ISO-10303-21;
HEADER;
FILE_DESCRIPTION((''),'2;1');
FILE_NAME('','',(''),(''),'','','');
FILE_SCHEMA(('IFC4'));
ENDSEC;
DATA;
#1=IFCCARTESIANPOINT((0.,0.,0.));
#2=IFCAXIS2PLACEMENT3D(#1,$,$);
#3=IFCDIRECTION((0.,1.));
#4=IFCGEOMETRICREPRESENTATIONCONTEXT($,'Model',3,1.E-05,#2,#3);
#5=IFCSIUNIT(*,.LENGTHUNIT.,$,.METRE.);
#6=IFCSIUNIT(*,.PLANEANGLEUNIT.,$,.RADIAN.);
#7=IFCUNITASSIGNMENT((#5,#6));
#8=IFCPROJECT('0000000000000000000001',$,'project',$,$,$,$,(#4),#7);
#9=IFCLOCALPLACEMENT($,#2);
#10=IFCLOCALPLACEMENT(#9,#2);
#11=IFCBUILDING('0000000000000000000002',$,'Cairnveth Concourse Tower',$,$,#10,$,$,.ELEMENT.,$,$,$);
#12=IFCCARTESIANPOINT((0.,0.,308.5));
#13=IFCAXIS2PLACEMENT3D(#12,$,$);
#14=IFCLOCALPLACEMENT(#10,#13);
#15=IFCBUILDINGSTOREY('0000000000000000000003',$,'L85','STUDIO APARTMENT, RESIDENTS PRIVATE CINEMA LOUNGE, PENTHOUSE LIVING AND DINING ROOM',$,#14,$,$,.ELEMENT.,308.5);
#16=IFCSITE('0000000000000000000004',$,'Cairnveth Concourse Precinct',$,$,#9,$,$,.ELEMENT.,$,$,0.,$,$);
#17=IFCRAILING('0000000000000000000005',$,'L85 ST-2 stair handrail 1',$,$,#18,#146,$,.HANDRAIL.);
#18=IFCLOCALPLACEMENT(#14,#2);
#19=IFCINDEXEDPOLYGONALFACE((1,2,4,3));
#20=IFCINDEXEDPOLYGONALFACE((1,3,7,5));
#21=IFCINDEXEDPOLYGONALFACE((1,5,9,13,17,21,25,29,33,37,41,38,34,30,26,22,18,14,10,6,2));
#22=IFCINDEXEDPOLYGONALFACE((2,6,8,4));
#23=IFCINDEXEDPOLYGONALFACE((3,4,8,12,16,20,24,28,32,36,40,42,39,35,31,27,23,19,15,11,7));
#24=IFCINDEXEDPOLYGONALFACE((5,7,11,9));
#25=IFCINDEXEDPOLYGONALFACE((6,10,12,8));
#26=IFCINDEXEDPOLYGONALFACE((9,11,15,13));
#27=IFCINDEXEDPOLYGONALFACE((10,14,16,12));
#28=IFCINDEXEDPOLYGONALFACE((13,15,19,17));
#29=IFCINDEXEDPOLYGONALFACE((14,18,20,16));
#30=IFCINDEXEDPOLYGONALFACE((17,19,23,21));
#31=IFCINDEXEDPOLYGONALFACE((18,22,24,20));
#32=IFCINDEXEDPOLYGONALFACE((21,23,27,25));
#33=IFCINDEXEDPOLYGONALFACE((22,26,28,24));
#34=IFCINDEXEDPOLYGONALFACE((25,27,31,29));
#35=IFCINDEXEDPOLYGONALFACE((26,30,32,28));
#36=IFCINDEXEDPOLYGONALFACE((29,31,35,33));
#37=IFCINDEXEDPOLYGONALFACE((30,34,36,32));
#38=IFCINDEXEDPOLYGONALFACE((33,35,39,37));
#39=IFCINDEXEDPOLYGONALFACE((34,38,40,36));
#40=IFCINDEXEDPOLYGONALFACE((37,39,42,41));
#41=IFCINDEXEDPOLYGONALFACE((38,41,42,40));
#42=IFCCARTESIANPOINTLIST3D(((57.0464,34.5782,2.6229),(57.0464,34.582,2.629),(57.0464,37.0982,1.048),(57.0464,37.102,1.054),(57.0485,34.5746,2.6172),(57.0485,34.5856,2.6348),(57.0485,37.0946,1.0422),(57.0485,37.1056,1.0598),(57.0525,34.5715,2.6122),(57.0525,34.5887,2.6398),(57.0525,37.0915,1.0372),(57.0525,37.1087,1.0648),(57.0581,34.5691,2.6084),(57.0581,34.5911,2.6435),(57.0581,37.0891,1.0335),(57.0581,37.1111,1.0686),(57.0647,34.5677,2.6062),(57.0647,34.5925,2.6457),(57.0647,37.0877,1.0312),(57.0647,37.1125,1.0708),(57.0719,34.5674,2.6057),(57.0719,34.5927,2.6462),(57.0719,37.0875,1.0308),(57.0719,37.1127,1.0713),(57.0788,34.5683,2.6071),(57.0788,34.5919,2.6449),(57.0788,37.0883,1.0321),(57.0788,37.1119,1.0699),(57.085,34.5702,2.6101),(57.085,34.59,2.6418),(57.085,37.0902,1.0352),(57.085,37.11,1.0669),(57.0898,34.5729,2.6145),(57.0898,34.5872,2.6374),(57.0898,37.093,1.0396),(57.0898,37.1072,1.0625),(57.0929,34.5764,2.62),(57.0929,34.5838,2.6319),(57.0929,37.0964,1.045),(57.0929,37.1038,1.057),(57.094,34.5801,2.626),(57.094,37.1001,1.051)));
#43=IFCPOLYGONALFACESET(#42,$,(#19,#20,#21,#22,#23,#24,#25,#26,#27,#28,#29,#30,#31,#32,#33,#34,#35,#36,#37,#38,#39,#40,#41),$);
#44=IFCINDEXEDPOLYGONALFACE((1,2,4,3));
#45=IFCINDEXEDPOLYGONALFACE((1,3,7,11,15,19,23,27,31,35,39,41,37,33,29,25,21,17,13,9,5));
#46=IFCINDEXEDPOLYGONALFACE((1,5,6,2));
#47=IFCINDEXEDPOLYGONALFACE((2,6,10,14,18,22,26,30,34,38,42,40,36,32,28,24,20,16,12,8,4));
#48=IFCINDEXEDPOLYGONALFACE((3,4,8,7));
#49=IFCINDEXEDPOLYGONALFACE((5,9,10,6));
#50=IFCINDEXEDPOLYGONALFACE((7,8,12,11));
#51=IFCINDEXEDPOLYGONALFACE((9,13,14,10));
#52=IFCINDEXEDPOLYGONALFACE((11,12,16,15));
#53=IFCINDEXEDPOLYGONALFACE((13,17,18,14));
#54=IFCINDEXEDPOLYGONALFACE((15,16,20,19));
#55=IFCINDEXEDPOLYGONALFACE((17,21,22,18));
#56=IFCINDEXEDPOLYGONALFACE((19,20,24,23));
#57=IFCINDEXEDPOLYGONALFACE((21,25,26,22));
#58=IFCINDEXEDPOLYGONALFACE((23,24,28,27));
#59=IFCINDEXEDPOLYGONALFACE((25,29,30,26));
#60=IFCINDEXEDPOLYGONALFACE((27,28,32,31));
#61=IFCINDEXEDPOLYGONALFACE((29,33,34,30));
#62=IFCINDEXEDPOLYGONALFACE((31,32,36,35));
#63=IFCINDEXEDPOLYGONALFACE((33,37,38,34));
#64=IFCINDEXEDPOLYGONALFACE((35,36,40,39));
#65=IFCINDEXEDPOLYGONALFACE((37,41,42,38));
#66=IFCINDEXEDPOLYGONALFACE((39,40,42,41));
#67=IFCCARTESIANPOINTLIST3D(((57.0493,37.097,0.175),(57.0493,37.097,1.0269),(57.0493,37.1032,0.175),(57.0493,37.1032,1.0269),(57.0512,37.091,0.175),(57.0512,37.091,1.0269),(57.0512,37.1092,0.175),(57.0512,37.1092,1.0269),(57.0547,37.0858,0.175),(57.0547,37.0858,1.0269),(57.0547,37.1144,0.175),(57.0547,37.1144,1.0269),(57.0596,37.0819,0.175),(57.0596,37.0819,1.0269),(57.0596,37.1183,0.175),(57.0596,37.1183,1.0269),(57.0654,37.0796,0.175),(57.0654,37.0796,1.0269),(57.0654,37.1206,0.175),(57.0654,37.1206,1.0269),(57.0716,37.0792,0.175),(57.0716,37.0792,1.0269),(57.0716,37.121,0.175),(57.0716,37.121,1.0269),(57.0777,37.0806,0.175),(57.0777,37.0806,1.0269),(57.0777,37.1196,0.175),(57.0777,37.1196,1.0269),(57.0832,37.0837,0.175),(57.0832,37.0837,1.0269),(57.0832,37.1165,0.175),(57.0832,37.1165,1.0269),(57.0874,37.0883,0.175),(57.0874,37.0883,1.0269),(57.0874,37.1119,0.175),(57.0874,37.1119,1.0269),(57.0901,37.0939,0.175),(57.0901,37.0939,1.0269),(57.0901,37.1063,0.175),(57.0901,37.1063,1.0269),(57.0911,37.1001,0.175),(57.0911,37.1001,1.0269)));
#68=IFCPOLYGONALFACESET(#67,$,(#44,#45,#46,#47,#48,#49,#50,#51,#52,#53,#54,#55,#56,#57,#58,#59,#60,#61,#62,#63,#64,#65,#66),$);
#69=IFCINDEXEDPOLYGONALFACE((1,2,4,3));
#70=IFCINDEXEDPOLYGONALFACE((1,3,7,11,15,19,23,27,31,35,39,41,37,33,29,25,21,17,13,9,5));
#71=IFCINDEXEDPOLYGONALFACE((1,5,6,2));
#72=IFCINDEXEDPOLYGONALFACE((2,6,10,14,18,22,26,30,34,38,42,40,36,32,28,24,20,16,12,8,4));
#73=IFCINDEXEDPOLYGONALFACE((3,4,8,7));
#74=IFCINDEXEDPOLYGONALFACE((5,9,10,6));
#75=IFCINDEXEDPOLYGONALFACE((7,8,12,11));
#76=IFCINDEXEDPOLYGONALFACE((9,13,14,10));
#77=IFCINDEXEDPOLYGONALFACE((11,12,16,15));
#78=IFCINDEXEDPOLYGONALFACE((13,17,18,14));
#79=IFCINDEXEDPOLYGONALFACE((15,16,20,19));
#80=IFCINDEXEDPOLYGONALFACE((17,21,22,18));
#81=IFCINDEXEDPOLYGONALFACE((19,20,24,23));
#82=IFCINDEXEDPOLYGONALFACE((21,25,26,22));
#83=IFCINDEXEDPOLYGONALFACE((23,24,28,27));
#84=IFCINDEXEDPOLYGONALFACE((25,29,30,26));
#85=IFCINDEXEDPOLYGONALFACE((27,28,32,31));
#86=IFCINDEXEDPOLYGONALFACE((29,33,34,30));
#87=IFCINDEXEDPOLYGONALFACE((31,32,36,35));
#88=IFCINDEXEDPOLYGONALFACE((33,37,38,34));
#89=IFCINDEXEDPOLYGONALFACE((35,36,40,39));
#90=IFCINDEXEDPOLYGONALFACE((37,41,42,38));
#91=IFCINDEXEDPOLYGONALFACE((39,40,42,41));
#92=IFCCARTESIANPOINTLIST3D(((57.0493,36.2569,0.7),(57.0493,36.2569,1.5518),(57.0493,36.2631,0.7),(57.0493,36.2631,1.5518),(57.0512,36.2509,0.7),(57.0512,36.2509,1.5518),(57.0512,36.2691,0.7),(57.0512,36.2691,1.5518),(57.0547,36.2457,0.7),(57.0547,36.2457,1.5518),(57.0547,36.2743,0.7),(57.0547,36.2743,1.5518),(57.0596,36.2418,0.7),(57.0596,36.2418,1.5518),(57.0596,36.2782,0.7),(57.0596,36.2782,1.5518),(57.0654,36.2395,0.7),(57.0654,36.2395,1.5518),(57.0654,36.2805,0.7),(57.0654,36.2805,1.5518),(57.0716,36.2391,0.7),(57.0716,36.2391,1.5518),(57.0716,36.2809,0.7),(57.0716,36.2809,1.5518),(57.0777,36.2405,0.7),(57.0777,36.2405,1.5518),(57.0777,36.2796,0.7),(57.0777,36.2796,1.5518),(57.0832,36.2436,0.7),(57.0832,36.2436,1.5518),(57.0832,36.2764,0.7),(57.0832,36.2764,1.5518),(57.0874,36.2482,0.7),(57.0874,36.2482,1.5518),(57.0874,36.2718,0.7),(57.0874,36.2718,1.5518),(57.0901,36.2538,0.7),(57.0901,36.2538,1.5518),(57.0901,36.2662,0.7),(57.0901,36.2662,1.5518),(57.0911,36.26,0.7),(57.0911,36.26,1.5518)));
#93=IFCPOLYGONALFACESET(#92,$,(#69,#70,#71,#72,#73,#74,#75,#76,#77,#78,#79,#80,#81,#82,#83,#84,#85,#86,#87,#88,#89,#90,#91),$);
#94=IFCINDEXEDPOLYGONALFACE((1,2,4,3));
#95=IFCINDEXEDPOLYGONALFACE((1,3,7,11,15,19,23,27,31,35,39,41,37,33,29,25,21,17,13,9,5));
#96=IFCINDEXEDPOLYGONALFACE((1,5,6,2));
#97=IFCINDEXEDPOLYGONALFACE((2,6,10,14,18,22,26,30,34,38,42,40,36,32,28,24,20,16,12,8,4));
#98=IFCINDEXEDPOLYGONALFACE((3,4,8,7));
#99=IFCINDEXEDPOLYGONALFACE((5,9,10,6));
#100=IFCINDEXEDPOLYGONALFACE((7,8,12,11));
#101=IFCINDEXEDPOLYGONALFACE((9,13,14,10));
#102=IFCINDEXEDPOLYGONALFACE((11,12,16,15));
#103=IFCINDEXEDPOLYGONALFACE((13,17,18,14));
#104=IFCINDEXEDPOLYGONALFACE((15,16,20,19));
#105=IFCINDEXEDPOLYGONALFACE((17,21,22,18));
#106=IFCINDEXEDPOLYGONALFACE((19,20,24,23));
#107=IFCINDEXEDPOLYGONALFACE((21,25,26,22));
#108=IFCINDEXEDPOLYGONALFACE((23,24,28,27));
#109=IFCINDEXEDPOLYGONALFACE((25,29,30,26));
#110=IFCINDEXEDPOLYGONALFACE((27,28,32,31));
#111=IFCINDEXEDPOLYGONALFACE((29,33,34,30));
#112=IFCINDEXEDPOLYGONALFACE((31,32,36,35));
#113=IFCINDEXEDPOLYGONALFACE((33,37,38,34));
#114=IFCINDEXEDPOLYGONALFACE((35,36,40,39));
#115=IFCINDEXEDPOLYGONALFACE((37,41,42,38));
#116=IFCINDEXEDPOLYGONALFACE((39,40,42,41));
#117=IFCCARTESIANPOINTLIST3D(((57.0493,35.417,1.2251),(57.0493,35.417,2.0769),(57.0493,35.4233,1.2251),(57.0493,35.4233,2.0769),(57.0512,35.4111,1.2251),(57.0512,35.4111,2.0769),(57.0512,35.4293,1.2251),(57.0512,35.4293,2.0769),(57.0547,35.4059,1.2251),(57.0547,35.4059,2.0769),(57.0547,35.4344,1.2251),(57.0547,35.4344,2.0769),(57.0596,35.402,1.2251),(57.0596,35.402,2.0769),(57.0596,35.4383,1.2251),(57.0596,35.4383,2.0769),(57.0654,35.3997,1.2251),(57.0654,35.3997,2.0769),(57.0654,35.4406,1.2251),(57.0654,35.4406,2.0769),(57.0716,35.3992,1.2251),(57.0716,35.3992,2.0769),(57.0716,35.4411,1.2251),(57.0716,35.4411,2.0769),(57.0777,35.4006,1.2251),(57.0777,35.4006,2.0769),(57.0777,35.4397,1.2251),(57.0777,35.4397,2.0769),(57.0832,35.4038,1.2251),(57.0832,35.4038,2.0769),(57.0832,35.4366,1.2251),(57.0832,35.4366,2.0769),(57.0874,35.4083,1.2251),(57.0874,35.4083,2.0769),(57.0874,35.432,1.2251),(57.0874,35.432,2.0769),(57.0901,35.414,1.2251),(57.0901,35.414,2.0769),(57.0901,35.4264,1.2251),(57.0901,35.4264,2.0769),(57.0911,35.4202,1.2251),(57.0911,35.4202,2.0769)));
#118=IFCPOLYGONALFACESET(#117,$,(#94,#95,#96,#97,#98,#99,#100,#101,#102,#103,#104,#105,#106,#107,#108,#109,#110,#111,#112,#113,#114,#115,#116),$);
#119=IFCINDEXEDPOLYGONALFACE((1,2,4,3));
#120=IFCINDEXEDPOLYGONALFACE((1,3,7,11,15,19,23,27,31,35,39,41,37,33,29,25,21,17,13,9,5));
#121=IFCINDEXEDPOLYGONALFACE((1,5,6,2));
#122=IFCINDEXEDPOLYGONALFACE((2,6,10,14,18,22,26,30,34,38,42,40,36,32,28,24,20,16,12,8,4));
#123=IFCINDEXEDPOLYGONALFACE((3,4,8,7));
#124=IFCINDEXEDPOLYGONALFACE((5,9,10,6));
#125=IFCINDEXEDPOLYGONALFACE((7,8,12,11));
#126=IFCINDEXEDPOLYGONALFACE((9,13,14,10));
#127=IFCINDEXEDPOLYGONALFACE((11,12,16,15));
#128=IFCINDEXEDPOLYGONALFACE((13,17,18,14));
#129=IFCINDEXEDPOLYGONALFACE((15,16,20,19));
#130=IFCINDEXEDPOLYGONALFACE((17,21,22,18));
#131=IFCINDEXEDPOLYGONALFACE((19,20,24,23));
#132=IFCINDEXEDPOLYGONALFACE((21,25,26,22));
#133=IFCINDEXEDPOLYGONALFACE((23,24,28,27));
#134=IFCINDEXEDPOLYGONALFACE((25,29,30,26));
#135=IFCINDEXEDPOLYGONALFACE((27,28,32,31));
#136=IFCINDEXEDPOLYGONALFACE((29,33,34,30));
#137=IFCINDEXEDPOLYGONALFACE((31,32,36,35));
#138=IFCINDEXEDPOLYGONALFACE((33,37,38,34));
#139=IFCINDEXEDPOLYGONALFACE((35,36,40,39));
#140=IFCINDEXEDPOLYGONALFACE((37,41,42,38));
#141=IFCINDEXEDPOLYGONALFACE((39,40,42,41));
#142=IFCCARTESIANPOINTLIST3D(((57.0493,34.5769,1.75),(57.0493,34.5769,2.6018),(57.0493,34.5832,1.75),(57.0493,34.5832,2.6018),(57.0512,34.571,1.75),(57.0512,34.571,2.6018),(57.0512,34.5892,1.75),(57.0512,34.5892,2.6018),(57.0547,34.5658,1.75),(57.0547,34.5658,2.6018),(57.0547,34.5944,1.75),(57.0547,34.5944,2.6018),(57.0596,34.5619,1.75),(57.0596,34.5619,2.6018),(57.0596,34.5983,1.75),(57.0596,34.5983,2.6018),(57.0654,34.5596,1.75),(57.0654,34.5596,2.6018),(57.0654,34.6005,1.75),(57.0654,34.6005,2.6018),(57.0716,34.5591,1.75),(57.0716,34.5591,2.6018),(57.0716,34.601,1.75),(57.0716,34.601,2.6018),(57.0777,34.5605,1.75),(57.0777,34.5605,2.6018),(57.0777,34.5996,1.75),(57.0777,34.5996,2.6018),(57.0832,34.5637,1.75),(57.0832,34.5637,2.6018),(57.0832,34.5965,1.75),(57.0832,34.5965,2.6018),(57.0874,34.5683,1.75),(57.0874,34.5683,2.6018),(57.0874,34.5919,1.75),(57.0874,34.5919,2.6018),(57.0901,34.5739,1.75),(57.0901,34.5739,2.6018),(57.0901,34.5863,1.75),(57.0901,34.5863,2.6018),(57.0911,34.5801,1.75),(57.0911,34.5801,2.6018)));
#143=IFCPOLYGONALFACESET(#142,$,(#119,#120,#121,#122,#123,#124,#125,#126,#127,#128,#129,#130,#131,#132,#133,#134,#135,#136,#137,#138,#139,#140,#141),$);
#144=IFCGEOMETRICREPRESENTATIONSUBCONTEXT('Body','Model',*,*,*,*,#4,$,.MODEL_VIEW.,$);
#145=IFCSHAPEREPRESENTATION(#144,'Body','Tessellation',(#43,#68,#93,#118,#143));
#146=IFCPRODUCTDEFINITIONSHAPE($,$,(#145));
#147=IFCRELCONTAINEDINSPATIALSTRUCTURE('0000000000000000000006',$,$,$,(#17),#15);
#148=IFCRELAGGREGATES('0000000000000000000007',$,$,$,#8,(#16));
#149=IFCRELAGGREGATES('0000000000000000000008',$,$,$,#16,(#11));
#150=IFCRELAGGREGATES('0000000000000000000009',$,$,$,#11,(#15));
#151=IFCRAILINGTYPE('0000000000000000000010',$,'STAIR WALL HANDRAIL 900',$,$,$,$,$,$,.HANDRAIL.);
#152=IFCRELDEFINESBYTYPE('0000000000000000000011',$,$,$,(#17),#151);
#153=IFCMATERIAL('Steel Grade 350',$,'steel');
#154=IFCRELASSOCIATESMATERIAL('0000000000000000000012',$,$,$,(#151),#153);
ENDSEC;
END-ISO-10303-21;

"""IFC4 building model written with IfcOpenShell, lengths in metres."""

from ifc_helpers import new_model, si_unit, direction, frame, origin, origin_2d, place, context, subcontext, project, spatial, circle, extrude, material, type_object, element, save


model = new_model("IFC4")

# Units and contexts
model_context = context("Model", 3, precision=1e-05, world=origin(), true_north=direction((0.0, 1.0)))
body_context = subcontext(model_context, "Body", "Model", "MODEL_VIEW")
ifc_project = project(units=[si_unit("LENGTHUNIT", "METRE"), si_unit("PLANEANGLEUNIT", "RADIAN")], contexts=[model_context])

# Site, building, storey
site_placement = place(None, origin())
site = spatial("IfcSite", under=ifc_project, at=site_placement, Name="Cairnveth Concourse Precinct", CompositionType="ELEMENT", RefElevation=0.0)
building_placement = place(site_placement, origin())
building = spatial("IfcBuilding", under=site, at=building_placement, Name="Cairnveth Concourse Tower", CompositionType="ELEMENT")
storey_placement = place(building_placement, frame((0.0, 0.0, 308.5)))
storey = spatial("IfcBuildingStorey", under=building, at=storey_placement, Name="L85", Description="STUDIO APARTMENT, RESIDENTS PRIVATE CINEMA LOUNGE, PENTHOUSE LIVING AND DINING ROOM", CompositionType="ELEMENT", Elevation=308.5)

# Shared definitions
ifc_material_1 = material(Name="Steel Grade 350", Category="steel")

# Railing
railing_type_1 = type_object("IfcRailingType", Name="STAIR WALL HANDRAIL 900", PredefinedType="HANDRAIL", material=ifc_material_1)
railing_1_placement = place(storey_placement, frame((57.0701, 37.1001, 0.175)))
element("IfcRailing", 1, at=railing_1_placement, inside=storey, type_object=railing_type_1, Name="L85 ST-2 stair handrail 1", PredefinedType="HANDRAIL", context=body_context, shape_type="SweptSolid", body=[
    extrude(circle(Radius=0.0239, at=origin_2d()), frame((0.0, 0.0, 0.876), z_axis=(0.0, -0.848008, 0.529984), x_axis=(1.0, 0.0, 0.0)), (0.0, 0.0, 1.0), 2.9717),
    extrude(circle(Radius=0.021, at=origin_2d()), origin(), (0.0, 0.0, 1.0), 0.8518),
    extrude(circle(Radius=0.021, at=origin_2d()), frame((0.0, -0.8401, 0.5249)), (0.0, 0.0, 1.0), 0.8518),
    extrude(circle(Radius=0.021, at=origin_2d()), frame((0.0, -1.6799, 1.05)), (0.0, 0.0, 1.0), 0.8518),
    extrude(circle(Radius=0.021, at=origin_2d()), frame((0.0, -2.52, 1.575)), (0.0, 0.0, 1.0), 0.8518),
])

save(model, "model.ifc")
